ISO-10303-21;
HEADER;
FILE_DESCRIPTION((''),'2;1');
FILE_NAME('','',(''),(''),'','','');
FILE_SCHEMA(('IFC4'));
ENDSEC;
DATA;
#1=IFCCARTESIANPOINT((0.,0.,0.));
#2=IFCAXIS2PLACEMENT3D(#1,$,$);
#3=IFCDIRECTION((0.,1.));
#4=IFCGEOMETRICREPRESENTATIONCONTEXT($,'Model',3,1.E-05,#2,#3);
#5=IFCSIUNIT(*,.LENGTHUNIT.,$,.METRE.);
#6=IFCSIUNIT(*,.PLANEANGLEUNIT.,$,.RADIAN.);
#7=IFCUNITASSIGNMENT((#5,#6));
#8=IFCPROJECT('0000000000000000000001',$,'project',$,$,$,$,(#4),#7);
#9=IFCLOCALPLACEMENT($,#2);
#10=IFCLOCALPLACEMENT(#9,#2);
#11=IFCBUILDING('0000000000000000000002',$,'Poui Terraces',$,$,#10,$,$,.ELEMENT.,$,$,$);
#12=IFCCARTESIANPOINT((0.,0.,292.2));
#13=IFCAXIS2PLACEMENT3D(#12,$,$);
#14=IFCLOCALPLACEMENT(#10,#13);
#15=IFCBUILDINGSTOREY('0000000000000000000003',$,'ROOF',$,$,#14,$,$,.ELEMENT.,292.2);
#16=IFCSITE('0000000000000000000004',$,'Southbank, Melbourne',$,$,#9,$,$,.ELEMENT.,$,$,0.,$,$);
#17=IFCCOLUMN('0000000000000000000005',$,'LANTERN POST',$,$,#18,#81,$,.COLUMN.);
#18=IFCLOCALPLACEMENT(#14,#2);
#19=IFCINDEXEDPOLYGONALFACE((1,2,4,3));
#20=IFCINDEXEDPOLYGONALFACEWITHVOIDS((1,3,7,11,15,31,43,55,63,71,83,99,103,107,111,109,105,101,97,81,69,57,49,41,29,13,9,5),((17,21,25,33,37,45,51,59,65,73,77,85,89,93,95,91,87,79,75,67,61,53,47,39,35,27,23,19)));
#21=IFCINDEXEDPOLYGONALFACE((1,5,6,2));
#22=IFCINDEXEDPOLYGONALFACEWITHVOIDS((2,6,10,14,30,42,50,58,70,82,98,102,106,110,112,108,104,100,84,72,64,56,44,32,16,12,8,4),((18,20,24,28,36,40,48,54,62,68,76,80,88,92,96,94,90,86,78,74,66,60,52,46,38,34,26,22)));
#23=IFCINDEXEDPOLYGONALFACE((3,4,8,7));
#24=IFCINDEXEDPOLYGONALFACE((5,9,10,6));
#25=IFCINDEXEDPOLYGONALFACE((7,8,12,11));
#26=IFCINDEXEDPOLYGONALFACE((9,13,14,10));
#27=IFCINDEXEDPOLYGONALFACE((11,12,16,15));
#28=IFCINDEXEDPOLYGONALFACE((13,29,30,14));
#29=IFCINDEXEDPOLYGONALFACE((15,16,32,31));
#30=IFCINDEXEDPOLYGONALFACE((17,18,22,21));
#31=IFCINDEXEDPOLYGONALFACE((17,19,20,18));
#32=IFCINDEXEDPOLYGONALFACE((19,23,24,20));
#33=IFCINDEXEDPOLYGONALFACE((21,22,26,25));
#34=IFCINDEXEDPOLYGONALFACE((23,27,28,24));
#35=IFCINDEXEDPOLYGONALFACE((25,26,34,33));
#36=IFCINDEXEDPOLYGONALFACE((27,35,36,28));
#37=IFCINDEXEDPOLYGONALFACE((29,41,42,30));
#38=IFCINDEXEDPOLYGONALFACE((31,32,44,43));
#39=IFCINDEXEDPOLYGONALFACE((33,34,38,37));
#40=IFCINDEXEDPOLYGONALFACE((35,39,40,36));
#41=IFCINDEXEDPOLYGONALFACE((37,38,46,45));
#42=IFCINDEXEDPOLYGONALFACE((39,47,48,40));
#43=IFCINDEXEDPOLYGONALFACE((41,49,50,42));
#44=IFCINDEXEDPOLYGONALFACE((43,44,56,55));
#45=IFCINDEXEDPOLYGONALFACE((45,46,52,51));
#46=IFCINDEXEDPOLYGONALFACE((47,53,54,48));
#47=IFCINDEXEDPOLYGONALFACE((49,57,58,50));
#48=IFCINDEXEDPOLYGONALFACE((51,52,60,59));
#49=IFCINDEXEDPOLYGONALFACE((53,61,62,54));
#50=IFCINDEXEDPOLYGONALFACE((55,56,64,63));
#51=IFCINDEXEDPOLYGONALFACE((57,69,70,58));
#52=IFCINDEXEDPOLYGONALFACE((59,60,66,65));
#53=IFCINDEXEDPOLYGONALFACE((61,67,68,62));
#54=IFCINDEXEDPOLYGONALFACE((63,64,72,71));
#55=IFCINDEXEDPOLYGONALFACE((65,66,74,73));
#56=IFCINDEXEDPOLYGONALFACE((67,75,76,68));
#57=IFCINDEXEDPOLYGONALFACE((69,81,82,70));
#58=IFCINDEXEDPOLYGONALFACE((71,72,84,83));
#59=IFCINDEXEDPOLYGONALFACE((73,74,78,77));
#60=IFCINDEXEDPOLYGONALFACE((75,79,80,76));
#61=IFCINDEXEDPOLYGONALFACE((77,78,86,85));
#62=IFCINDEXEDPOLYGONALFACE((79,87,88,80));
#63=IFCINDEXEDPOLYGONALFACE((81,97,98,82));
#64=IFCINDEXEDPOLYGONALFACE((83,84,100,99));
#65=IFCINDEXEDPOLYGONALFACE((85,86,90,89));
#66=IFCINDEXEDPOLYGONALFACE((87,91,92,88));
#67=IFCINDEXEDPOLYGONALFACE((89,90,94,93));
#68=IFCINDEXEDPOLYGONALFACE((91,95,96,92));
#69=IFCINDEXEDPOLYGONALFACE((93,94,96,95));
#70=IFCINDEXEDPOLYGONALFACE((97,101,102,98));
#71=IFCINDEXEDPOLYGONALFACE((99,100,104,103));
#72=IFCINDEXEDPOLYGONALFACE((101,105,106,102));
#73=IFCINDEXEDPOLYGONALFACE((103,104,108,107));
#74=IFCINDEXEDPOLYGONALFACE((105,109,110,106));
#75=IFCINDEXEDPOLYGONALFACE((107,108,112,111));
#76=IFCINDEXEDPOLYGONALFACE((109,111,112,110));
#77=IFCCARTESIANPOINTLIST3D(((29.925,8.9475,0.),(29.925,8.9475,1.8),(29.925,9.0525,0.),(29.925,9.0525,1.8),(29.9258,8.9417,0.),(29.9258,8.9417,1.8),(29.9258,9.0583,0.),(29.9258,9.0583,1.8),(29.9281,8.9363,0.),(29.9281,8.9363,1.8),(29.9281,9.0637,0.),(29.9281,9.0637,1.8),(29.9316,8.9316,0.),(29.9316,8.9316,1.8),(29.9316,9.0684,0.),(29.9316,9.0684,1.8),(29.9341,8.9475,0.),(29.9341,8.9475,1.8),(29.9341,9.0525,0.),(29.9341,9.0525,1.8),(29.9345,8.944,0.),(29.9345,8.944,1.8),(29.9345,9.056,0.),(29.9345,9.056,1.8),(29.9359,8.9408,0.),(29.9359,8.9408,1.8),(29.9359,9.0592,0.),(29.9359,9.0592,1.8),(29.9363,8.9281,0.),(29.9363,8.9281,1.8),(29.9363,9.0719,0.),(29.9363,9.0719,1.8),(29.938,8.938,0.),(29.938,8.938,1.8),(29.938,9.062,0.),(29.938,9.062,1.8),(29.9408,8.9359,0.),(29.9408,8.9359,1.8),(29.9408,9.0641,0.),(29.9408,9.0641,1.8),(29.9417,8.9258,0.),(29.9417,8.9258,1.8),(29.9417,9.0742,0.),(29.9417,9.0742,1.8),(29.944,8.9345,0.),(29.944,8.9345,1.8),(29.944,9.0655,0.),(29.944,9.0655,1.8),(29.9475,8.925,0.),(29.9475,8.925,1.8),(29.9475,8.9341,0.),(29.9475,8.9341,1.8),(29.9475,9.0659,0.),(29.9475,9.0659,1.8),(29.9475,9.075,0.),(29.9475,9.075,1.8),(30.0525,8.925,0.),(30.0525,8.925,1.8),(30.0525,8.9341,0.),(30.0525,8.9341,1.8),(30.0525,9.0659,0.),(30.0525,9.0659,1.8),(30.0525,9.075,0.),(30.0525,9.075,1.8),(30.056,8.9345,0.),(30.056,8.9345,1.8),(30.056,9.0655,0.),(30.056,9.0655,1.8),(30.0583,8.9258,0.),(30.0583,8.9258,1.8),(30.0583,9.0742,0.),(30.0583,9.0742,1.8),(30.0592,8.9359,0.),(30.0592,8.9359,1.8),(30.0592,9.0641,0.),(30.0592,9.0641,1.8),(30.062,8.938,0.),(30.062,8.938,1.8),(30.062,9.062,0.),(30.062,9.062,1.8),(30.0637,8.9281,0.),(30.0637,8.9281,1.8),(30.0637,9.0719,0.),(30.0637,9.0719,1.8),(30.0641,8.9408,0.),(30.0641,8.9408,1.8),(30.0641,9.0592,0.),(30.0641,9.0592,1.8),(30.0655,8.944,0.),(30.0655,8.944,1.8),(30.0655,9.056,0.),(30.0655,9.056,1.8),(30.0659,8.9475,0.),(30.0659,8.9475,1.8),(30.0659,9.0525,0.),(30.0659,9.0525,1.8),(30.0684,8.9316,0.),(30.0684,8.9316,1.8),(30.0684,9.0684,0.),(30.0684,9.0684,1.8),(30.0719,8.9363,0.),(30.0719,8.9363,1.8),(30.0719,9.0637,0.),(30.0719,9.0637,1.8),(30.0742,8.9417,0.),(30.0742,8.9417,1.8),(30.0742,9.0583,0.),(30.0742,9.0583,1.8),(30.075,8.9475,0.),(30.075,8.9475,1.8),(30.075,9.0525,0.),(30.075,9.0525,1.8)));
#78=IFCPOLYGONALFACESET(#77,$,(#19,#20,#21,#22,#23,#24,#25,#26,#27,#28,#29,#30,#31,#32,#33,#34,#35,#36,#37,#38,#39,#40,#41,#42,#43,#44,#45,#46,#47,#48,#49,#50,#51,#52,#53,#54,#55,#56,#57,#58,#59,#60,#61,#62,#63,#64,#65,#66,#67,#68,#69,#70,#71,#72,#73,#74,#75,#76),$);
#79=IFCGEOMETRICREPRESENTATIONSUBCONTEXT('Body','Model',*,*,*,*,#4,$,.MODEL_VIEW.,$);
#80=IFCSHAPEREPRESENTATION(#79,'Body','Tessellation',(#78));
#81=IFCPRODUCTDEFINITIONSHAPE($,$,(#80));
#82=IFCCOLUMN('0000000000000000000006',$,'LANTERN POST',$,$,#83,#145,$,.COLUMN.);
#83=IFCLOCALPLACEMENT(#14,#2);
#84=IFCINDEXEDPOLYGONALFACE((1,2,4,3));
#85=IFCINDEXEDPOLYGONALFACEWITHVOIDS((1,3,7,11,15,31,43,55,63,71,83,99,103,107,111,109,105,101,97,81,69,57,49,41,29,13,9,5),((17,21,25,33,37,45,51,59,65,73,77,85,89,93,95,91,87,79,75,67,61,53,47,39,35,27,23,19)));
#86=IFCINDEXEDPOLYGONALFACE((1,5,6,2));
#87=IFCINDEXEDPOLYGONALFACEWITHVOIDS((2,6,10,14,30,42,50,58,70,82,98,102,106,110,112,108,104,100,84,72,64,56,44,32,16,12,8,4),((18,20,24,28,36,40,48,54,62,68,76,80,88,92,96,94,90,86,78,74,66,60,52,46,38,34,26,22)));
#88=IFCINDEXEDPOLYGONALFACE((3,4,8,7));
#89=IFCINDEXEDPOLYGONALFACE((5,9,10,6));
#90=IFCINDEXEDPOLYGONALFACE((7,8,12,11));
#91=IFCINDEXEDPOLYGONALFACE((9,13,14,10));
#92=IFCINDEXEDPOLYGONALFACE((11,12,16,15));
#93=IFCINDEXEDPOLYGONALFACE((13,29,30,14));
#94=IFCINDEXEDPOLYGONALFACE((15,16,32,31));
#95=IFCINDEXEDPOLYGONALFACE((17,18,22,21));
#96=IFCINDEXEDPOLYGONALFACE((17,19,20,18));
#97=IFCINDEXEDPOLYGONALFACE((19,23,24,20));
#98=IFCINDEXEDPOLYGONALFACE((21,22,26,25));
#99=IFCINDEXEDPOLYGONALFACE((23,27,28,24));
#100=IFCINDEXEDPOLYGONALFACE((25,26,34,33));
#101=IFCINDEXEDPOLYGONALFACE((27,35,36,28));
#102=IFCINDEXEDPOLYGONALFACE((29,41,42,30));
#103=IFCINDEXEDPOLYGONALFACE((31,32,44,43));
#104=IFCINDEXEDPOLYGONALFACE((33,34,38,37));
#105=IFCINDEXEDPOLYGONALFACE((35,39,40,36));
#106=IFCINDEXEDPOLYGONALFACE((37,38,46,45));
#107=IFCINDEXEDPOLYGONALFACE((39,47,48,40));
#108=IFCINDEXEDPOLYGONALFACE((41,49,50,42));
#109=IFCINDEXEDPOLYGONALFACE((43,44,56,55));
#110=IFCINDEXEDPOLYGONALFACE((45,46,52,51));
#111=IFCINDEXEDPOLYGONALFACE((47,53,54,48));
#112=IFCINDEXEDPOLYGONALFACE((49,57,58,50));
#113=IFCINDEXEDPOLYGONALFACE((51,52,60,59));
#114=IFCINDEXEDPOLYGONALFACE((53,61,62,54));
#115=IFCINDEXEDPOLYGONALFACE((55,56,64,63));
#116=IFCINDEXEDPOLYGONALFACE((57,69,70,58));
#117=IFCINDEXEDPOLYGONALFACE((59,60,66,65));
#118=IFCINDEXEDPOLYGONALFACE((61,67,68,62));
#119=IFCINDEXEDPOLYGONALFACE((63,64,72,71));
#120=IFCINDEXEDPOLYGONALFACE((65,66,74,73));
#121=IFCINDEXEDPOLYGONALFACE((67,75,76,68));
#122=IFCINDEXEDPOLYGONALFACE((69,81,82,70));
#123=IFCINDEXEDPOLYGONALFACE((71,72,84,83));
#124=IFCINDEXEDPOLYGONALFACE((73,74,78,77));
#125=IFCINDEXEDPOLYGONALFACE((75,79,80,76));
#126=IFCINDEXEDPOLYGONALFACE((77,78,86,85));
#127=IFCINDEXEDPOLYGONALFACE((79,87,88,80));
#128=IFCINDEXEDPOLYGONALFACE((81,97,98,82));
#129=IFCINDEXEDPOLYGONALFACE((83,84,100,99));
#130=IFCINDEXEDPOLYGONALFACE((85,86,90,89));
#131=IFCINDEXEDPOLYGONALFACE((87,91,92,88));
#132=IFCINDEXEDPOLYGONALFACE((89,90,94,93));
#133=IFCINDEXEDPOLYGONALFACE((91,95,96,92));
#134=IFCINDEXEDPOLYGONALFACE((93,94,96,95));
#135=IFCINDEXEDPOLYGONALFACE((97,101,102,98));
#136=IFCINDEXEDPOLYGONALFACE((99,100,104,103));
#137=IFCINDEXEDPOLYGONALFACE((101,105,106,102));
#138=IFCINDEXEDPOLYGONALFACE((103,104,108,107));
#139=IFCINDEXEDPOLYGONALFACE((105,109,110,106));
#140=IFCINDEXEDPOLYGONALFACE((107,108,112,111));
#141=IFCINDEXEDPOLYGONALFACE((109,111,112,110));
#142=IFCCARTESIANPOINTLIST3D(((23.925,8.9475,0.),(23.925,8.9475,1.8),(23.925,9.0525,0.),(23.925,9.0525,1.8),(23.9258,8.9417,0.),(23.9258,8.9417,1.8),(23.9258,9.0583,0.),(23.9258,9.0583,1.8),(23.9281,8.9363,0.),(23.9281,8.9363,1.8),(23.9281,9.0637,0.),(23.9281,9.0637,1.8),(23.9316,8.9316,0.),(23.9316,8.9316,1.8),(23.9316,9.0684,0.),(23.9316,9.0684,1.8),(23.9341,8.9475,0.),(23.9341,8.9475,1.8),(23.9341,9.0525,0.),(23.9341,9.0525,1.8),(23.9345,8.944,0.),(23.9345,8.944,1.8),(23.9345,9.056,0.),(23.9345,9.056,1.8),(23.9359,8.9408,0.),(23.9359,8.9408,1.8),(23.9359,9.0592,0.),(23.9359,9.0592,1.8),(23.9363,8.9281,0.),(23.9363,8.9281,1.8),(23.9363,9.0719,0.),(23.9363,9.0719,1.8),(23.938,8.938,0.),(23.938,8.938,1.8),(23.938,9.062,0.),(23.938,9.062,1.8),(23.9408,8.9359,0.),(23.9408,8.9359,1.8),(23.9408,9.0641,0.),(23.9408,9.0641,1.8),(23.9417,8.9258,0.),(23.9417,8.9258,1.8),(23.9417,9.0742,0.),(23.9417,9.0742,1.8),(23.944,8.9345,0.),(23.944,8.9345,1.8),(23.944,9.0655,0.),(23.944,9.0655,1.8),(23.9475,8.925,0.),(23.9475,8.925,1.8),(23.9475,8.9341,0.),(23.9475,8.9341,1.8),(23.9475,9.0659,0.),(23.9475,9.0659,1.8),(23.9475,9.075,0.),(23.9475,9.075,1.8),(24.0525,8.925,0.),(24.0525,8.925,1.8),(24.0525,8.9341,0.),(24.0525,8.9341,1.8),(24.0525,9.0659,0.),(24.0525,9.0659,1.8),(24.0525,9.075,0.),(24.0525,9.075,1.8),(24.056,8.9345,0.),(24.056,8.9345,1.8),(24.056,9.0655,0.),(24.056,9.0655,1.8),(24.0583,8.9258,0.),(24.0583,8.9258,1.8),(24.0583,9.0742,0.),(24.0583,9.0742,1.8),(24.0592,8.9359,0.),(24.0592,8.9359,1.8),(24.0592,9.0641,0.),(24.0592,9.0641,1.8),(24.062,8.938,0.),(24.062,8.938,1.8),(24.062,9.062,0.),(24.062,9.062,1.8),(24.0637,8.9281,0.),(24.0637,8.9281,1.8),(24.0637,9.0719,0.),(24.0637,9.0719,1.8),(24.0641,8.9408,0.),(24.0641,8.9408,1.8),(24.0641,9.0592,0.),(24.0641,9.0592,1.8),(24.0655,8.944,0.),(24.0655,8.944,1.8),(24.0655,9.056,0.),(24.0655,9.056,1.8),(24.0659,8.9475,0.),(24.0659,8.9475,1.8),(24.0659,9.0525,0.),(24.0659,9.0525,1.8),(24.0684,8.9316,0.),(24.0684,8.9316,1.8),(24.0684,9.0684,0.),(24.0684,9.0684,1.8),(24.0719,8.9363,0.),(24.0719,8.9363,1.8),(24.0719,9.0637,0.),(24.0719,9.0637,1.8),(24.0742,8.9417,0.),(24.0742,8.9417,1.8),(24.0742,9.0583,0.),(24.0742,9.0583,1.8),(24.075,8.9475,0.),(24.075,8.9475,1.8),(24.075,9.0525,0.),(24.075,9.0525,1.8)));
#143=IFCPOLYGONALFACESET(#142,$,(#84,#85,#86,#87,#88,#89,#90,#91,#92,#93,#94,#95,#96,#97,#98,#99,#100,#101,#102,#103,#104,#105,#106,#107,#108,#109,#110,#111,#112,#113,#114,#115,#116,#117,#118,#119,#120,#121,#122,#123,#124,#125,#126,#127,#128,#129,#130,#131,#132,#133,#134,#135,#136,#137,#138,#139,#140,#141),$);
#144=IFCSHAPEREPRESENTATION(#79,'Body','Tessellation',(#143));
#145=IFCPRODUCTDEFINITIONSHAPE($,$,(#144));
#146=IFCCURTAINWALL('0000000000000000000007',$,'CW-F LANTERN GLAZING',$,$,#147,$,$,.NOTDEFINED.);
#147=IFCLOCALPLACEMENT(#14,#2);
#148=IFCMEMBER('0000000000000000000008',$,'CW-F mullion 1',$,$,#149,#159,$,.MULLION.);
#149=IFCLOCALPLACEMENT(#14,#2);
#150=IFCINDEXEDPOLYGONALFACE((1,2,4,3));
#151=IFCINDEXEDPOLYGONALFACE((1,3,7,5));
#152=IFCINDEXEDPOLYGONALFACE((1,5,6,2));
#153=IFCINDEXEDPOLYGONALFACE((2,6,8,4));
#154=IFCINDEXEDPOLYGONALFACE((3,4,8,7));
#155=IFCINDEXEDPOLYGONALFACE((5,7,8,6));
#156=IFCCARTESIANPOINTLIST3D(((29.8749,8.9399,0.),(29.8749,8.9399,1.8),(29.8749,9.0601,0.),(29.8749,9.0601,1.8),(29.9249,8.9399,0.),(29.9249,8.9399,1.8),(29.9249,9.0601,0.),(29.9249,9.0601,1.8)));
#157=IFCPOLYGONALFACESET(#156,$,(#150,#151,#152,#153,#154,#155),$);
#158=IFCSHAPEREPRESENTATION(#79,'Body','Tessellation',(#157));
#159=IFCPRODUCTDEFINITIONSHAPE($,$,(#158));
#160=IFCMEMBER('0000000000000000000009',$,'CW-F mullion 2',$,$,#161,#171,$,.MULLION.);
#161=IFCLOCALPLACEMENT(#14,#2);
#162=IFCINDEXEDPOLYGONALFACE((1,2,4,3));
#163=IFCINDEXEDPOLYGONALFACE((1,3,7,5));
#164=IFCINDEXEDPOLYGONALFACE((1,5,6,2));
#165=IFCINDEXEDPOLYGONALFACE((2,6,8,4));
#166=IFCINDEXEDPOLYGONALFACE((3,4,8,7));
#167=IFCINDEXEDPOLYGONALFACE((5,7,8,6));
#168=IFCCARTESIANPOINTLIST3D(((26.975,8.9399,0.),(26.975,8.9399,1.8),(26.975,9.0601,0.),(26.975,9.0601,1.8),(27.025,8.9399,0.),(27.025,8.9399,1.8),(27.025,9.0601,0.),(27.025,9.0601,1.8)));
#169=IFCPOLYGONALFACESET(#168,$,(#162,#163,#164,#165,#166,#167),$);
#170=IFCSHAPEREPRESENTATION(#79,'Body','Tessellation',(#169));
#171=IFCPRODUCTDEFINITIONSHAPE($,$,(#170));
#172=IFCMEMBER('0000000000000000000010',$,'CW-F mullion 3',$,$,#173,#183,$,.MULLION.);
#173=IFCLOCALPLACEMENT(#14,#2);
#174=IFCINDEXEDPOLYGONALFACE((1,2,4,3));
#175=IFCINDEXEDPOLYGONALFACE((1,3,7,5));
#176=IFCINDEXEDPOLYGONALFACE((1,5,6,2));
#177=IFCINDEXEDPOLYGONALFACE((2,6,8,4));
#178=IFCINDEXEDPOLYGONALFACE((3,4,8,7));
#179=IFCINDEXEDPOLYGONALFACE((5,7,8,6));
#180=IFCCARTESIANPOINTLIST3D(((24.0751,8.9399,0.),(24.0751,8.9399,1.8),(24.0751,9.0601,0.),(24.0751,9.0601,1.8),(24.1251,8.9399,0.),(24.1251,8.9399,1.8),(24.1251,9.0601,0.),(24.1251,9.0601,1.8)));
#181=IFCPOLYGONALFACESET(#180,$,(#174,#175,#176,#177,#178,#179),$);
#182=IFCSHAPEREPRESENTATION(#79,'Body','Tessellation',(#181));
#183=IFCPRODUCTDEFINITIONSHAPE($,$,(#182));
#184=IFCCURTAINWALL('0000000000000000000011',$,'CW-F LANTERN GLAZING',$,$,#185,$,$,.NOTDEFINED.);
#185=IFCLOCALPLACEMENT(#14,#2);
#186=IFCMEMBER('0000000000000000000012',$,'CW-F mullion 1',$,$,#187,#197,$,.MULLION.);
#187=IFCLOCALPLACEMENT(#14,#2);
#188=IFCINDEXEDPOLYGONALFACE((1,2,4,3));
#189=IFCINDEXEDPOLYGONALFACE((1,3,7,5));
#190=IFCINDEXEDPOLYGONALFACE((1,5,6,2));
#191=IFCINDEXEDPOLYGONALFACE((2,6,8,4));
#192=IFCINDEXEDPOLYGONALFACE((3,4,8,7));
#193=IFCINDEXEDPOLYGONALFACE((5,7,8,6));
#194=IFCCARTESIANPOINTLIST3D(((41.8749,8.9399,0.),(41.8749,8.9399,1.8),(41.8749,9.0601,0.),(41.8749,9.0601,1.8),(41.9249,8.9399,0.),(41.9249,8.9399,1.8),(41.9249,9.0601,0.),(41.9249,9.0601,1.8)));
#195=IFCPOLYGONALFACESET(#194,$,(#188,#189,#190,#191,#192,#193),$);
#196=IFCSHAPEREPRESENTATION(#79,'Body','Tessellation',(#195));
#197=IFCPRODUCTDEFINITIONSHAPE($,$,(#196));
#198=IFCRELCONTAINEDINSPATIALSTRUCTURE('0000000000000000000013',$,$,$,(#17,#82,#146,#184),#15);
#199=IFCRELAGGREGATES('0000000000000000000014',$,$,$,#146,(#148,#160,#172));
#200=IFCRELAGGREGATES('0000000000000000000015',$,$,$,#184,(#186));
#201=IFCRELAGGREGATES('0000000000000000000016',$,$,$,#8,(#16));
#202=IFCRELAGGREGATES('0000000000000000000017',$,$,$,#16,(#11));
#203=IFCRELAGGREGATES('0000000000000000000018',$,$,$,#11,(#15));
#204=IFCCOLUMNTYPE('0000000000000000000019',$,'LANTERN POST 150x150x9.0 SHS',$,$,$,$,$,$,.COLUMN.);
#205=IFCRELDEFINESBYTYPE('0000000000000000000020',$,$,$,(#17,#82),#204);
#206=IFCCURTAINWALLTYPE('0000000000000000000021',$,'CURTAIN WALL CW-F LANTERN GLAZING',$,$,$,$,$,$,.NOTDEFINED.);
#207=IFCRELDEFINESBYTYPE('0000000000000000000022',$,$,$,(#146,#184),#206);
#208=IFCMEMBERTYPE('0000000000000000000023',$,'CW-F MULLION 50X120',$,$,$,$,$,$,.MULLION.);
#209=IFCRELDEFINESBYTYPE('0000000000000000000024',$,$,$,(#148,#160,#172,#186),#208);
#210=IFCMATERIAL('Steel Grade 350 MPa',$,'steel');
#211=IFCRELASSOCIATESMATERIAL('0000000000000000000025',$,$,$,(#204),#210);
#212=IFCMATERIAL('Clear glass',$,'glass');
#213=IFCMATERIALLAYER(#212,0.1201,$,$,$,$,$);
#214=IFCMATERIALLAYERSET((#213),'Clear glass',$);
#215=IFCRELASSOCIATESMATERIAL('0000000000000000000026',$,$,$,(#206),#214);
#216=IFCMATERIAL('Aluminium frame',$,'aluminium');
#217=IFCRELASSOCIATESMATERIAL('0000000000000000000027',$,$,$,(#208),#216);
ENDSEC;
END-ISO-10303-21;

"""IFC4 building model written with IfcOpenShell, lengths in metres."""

from ifc_helpers import new_model, si_unit, direction, frame, origin, origin_2d, place, context, subcontext, project, spatial, rectangle, hollow_rectangle, extrude, source, transform, mapped, material, layer, layer_set, material_profile, profile_set, type_object, element, aggregate, save


model = new_model("IFC4")

# Units and contexts
model_context = context("Model", 3, precision=1e-05, world=origin(), true_north=direction((0.0, 1.0)))
body_context = subcontext(model_context, "Body", "Model", "MODEL_VIEW")
ifc_project = project(units=[si_unit("LENGTHUNIT", "METRE"), si_unit("PLANEANGLEUNIT", "RADIAN")], contexts=[model_context])

# Site, building, storey
site_placement = place(None, origin())
site = spatial("IfcSite", under=ifc_project, at=site_placement, Name="Southbank, Melbourne", CompositionType="ELEMENT", RefElevation=0.0)
building_placement = place(site_placement, origin())
building = spatial("IfcBuilding", under=site, at=building_placement, Name="Poui Terraces", CompositionType="ELEMENT")
storey_placement = place(building_placement, frame((0.0, 0.0, 292.2)))
storey = spatial("IfcBuildingStorey", under=building, at=storey_placement, Name="ROOF", CompositionType="ELEMENT", Elevation=292.2)

# Columns
ifc_material_1 = material(Name="Steel Grade 350 MPa", Category="steel")
ifc_material_profile_1 = material_profile(ifc_material_1, hollow_rectangle(XDim=0.1499, YDim=0.1499, WallThickness=0.009, InnerFilletRadius=0.0134, OuterFilletRadius=0.0225, at=origin_2d()), Name="150x150x9.0 SHS")
ifc_profile_set_1 = profile_set([ifc_material_profile_1], Name="Steel Grade 350 MPa")
column_type = type_object("IfcColumnType", Name="LANTERN POST 150x150x9.0 SHS", PredefinedType="COLUMN", material=ifc_profile_set_1)
shared_shape = source(origin(), body_context, "Body", "SweptSolid", [
    extrude(hollow_rectangle(XDim=0.1499, YDim=0.1499, WallThickness=0.009, InnerFilletRadius=0.0134, OuterFilletRadius=0.0225, at=origin_2d()), origin(), (0.0, 0.0, 1.0), 1.8),
])
for number, where, z_axis, x_axis, name in (
    (1, (30.0, 9.0, 0.0), (0.0, 0.0, 1.0), (1.0, 0.0, 0.0), "LANTERN POST"),
    (2, (24.0, 9.0, 0.0), (0.0, 0.0, 1.0), (1.0, 0.0, 0.0), "LANTERN POST"),
):
    element("IfcColumn", number, at=place(storey_placement, frame(where, z_axis=z_axis, x_axis=x_axis)), inside=storey, type_object=column_type, Name=name, PredefinedType="COLUMN", context=body_context, shape_type="MappedRepresentation", body=[
        mapped(shared_shape, transform((0.0, 0.0, 0.0))),
    ])

# Curtain walls, members
ifc_material_2 = material(Name="Clear glass", Category="glass")
ifc_layer_1 = layer(ifc_material_2, 0.1201)
ifc_layer_set_1 = layer_set([ifc_layer_1], Name="Clear glass")
curtain_wall_type = type_object("IfcCurtainWallType", Name="CURTAIN WALL CW-F LANTERN GLAZING", PredefinedType="NOTDEFINED", material=ifc_layer_set_1)
curtain_wall_1_placement = place(storey_placement, origin())
curtain_wall_1 = element("IfcCurtainWall", 3, at=curtain_wall_1_placement, inside=storey, type_object=curtain_wall_type, Name="CW-F LANTERN GLAZING", PredefinedType="NOTDEFINED")
ifc_material_3 = material(Name="Aluminium frame", Category="aluminium")
ifc_material_profile_2 = material_profile(ifc_material_3, rectangle(XDim=0.1201, YDim=0.05, at=origin_2d()), Name="CW-F MULLION 50X120")
ifc_profile_set_2 = profile_set([ifc_material_profile_2], Name="Aluminium frame")
member_type_1 = type_object("IfcMemberType", Name="CW-F MULLION 50X120", PredefinedType="MULLION", material=ifc_profile_set_2)
member_1_placement = place(storey_placement, frame((29.8999, 9.0, 0.0), z_axis=(0.0, 0.0, 1.0), x_axis=(0.0, -1.0, 0.0)))
member_1 = element("IfcMember", 4, at=member_1_placement, type_object=member_type_1, Name="CW-F mullion 1", PredefinedType="MULLION", context=body_context, shape_type="SweptSolid", body=[
    extrude(rectangle(XDim=0.1201, YDim=0.05, at=origin_2d()), origin(), (0.0, 0.0, 1.0), 1.8),
])
member_2_placement = place(storey_placement, frame((27.0, 9.0, 0.0), z_axis=(0.0, 0.0, 1.0), x_axis=(0.0, -1.0, 0.0)))
member_2 = element("IfcMember", 5, at=member_2_placement, type_object=member_type_1, Name="CW-F mullion 2", PredefinedType="MULLION", context=body_context, shape_type="SweptSolid", body=[
    extrude(rectangle(XDim=0.1201, YDim=0.05, at=origin_2d()), origin(), (0.0, 0.0, 1.0), 1.8),
])
member_3_placement = place(storey_placement, frame((24.1001, 9.0, 0.0), z_axis=(0.0, 0.0, 1.0), x_axis=(0.0, -1.0, 0.0)))
member_3 = element("IfcMember", 6, at=member_3_placement, type_object=member_type_1, Name="CW-F mullion 3", PredefinedType="MULLION", context=body_context, shape_type="SweptSolid", body=[
    extrude(rectangle(XDim=0.1201, YDim=0.05, at=origin_2d()), origin(), (0.0, 0.0, 1.0), 1.8),
])
curtain_wall_2_placement = place(storey_placement, origin())
curtain_wall_2 = element("IfcCurtainWall", 7, at=curtain_wall_2_placement, inside=storey, type_object=curtain_wall_type, Name="CW-F LANTERN GLAZING", PredefinedType="NOTDEFINED")
member_4_placement = place(storey_placement, frame((41.8999, 9.0, 0.0), z_axis=(0.0, 0.0, 1.0), x_axis=(0.0, -1.0, 0.0)))
member_4 = element("IfcMember", 8, at=member_4_placement, type_object=member_type_1, Name="CW-F mullion 1", PredefinedType="MULLION", context=body_context, shape_type="SweptSolid", body=[
    extrude(rectangle(XDim=0.1201, YDim=0.05, at=origin_2d()), origin(), (0.0, 0.0, 1.0), 1.8),
])

aggregate(curtain_wall_1, [member_1, member_2, member_3])
aggregate(curtain_wall_2, [member_4])

save(model, "model.ifc")
